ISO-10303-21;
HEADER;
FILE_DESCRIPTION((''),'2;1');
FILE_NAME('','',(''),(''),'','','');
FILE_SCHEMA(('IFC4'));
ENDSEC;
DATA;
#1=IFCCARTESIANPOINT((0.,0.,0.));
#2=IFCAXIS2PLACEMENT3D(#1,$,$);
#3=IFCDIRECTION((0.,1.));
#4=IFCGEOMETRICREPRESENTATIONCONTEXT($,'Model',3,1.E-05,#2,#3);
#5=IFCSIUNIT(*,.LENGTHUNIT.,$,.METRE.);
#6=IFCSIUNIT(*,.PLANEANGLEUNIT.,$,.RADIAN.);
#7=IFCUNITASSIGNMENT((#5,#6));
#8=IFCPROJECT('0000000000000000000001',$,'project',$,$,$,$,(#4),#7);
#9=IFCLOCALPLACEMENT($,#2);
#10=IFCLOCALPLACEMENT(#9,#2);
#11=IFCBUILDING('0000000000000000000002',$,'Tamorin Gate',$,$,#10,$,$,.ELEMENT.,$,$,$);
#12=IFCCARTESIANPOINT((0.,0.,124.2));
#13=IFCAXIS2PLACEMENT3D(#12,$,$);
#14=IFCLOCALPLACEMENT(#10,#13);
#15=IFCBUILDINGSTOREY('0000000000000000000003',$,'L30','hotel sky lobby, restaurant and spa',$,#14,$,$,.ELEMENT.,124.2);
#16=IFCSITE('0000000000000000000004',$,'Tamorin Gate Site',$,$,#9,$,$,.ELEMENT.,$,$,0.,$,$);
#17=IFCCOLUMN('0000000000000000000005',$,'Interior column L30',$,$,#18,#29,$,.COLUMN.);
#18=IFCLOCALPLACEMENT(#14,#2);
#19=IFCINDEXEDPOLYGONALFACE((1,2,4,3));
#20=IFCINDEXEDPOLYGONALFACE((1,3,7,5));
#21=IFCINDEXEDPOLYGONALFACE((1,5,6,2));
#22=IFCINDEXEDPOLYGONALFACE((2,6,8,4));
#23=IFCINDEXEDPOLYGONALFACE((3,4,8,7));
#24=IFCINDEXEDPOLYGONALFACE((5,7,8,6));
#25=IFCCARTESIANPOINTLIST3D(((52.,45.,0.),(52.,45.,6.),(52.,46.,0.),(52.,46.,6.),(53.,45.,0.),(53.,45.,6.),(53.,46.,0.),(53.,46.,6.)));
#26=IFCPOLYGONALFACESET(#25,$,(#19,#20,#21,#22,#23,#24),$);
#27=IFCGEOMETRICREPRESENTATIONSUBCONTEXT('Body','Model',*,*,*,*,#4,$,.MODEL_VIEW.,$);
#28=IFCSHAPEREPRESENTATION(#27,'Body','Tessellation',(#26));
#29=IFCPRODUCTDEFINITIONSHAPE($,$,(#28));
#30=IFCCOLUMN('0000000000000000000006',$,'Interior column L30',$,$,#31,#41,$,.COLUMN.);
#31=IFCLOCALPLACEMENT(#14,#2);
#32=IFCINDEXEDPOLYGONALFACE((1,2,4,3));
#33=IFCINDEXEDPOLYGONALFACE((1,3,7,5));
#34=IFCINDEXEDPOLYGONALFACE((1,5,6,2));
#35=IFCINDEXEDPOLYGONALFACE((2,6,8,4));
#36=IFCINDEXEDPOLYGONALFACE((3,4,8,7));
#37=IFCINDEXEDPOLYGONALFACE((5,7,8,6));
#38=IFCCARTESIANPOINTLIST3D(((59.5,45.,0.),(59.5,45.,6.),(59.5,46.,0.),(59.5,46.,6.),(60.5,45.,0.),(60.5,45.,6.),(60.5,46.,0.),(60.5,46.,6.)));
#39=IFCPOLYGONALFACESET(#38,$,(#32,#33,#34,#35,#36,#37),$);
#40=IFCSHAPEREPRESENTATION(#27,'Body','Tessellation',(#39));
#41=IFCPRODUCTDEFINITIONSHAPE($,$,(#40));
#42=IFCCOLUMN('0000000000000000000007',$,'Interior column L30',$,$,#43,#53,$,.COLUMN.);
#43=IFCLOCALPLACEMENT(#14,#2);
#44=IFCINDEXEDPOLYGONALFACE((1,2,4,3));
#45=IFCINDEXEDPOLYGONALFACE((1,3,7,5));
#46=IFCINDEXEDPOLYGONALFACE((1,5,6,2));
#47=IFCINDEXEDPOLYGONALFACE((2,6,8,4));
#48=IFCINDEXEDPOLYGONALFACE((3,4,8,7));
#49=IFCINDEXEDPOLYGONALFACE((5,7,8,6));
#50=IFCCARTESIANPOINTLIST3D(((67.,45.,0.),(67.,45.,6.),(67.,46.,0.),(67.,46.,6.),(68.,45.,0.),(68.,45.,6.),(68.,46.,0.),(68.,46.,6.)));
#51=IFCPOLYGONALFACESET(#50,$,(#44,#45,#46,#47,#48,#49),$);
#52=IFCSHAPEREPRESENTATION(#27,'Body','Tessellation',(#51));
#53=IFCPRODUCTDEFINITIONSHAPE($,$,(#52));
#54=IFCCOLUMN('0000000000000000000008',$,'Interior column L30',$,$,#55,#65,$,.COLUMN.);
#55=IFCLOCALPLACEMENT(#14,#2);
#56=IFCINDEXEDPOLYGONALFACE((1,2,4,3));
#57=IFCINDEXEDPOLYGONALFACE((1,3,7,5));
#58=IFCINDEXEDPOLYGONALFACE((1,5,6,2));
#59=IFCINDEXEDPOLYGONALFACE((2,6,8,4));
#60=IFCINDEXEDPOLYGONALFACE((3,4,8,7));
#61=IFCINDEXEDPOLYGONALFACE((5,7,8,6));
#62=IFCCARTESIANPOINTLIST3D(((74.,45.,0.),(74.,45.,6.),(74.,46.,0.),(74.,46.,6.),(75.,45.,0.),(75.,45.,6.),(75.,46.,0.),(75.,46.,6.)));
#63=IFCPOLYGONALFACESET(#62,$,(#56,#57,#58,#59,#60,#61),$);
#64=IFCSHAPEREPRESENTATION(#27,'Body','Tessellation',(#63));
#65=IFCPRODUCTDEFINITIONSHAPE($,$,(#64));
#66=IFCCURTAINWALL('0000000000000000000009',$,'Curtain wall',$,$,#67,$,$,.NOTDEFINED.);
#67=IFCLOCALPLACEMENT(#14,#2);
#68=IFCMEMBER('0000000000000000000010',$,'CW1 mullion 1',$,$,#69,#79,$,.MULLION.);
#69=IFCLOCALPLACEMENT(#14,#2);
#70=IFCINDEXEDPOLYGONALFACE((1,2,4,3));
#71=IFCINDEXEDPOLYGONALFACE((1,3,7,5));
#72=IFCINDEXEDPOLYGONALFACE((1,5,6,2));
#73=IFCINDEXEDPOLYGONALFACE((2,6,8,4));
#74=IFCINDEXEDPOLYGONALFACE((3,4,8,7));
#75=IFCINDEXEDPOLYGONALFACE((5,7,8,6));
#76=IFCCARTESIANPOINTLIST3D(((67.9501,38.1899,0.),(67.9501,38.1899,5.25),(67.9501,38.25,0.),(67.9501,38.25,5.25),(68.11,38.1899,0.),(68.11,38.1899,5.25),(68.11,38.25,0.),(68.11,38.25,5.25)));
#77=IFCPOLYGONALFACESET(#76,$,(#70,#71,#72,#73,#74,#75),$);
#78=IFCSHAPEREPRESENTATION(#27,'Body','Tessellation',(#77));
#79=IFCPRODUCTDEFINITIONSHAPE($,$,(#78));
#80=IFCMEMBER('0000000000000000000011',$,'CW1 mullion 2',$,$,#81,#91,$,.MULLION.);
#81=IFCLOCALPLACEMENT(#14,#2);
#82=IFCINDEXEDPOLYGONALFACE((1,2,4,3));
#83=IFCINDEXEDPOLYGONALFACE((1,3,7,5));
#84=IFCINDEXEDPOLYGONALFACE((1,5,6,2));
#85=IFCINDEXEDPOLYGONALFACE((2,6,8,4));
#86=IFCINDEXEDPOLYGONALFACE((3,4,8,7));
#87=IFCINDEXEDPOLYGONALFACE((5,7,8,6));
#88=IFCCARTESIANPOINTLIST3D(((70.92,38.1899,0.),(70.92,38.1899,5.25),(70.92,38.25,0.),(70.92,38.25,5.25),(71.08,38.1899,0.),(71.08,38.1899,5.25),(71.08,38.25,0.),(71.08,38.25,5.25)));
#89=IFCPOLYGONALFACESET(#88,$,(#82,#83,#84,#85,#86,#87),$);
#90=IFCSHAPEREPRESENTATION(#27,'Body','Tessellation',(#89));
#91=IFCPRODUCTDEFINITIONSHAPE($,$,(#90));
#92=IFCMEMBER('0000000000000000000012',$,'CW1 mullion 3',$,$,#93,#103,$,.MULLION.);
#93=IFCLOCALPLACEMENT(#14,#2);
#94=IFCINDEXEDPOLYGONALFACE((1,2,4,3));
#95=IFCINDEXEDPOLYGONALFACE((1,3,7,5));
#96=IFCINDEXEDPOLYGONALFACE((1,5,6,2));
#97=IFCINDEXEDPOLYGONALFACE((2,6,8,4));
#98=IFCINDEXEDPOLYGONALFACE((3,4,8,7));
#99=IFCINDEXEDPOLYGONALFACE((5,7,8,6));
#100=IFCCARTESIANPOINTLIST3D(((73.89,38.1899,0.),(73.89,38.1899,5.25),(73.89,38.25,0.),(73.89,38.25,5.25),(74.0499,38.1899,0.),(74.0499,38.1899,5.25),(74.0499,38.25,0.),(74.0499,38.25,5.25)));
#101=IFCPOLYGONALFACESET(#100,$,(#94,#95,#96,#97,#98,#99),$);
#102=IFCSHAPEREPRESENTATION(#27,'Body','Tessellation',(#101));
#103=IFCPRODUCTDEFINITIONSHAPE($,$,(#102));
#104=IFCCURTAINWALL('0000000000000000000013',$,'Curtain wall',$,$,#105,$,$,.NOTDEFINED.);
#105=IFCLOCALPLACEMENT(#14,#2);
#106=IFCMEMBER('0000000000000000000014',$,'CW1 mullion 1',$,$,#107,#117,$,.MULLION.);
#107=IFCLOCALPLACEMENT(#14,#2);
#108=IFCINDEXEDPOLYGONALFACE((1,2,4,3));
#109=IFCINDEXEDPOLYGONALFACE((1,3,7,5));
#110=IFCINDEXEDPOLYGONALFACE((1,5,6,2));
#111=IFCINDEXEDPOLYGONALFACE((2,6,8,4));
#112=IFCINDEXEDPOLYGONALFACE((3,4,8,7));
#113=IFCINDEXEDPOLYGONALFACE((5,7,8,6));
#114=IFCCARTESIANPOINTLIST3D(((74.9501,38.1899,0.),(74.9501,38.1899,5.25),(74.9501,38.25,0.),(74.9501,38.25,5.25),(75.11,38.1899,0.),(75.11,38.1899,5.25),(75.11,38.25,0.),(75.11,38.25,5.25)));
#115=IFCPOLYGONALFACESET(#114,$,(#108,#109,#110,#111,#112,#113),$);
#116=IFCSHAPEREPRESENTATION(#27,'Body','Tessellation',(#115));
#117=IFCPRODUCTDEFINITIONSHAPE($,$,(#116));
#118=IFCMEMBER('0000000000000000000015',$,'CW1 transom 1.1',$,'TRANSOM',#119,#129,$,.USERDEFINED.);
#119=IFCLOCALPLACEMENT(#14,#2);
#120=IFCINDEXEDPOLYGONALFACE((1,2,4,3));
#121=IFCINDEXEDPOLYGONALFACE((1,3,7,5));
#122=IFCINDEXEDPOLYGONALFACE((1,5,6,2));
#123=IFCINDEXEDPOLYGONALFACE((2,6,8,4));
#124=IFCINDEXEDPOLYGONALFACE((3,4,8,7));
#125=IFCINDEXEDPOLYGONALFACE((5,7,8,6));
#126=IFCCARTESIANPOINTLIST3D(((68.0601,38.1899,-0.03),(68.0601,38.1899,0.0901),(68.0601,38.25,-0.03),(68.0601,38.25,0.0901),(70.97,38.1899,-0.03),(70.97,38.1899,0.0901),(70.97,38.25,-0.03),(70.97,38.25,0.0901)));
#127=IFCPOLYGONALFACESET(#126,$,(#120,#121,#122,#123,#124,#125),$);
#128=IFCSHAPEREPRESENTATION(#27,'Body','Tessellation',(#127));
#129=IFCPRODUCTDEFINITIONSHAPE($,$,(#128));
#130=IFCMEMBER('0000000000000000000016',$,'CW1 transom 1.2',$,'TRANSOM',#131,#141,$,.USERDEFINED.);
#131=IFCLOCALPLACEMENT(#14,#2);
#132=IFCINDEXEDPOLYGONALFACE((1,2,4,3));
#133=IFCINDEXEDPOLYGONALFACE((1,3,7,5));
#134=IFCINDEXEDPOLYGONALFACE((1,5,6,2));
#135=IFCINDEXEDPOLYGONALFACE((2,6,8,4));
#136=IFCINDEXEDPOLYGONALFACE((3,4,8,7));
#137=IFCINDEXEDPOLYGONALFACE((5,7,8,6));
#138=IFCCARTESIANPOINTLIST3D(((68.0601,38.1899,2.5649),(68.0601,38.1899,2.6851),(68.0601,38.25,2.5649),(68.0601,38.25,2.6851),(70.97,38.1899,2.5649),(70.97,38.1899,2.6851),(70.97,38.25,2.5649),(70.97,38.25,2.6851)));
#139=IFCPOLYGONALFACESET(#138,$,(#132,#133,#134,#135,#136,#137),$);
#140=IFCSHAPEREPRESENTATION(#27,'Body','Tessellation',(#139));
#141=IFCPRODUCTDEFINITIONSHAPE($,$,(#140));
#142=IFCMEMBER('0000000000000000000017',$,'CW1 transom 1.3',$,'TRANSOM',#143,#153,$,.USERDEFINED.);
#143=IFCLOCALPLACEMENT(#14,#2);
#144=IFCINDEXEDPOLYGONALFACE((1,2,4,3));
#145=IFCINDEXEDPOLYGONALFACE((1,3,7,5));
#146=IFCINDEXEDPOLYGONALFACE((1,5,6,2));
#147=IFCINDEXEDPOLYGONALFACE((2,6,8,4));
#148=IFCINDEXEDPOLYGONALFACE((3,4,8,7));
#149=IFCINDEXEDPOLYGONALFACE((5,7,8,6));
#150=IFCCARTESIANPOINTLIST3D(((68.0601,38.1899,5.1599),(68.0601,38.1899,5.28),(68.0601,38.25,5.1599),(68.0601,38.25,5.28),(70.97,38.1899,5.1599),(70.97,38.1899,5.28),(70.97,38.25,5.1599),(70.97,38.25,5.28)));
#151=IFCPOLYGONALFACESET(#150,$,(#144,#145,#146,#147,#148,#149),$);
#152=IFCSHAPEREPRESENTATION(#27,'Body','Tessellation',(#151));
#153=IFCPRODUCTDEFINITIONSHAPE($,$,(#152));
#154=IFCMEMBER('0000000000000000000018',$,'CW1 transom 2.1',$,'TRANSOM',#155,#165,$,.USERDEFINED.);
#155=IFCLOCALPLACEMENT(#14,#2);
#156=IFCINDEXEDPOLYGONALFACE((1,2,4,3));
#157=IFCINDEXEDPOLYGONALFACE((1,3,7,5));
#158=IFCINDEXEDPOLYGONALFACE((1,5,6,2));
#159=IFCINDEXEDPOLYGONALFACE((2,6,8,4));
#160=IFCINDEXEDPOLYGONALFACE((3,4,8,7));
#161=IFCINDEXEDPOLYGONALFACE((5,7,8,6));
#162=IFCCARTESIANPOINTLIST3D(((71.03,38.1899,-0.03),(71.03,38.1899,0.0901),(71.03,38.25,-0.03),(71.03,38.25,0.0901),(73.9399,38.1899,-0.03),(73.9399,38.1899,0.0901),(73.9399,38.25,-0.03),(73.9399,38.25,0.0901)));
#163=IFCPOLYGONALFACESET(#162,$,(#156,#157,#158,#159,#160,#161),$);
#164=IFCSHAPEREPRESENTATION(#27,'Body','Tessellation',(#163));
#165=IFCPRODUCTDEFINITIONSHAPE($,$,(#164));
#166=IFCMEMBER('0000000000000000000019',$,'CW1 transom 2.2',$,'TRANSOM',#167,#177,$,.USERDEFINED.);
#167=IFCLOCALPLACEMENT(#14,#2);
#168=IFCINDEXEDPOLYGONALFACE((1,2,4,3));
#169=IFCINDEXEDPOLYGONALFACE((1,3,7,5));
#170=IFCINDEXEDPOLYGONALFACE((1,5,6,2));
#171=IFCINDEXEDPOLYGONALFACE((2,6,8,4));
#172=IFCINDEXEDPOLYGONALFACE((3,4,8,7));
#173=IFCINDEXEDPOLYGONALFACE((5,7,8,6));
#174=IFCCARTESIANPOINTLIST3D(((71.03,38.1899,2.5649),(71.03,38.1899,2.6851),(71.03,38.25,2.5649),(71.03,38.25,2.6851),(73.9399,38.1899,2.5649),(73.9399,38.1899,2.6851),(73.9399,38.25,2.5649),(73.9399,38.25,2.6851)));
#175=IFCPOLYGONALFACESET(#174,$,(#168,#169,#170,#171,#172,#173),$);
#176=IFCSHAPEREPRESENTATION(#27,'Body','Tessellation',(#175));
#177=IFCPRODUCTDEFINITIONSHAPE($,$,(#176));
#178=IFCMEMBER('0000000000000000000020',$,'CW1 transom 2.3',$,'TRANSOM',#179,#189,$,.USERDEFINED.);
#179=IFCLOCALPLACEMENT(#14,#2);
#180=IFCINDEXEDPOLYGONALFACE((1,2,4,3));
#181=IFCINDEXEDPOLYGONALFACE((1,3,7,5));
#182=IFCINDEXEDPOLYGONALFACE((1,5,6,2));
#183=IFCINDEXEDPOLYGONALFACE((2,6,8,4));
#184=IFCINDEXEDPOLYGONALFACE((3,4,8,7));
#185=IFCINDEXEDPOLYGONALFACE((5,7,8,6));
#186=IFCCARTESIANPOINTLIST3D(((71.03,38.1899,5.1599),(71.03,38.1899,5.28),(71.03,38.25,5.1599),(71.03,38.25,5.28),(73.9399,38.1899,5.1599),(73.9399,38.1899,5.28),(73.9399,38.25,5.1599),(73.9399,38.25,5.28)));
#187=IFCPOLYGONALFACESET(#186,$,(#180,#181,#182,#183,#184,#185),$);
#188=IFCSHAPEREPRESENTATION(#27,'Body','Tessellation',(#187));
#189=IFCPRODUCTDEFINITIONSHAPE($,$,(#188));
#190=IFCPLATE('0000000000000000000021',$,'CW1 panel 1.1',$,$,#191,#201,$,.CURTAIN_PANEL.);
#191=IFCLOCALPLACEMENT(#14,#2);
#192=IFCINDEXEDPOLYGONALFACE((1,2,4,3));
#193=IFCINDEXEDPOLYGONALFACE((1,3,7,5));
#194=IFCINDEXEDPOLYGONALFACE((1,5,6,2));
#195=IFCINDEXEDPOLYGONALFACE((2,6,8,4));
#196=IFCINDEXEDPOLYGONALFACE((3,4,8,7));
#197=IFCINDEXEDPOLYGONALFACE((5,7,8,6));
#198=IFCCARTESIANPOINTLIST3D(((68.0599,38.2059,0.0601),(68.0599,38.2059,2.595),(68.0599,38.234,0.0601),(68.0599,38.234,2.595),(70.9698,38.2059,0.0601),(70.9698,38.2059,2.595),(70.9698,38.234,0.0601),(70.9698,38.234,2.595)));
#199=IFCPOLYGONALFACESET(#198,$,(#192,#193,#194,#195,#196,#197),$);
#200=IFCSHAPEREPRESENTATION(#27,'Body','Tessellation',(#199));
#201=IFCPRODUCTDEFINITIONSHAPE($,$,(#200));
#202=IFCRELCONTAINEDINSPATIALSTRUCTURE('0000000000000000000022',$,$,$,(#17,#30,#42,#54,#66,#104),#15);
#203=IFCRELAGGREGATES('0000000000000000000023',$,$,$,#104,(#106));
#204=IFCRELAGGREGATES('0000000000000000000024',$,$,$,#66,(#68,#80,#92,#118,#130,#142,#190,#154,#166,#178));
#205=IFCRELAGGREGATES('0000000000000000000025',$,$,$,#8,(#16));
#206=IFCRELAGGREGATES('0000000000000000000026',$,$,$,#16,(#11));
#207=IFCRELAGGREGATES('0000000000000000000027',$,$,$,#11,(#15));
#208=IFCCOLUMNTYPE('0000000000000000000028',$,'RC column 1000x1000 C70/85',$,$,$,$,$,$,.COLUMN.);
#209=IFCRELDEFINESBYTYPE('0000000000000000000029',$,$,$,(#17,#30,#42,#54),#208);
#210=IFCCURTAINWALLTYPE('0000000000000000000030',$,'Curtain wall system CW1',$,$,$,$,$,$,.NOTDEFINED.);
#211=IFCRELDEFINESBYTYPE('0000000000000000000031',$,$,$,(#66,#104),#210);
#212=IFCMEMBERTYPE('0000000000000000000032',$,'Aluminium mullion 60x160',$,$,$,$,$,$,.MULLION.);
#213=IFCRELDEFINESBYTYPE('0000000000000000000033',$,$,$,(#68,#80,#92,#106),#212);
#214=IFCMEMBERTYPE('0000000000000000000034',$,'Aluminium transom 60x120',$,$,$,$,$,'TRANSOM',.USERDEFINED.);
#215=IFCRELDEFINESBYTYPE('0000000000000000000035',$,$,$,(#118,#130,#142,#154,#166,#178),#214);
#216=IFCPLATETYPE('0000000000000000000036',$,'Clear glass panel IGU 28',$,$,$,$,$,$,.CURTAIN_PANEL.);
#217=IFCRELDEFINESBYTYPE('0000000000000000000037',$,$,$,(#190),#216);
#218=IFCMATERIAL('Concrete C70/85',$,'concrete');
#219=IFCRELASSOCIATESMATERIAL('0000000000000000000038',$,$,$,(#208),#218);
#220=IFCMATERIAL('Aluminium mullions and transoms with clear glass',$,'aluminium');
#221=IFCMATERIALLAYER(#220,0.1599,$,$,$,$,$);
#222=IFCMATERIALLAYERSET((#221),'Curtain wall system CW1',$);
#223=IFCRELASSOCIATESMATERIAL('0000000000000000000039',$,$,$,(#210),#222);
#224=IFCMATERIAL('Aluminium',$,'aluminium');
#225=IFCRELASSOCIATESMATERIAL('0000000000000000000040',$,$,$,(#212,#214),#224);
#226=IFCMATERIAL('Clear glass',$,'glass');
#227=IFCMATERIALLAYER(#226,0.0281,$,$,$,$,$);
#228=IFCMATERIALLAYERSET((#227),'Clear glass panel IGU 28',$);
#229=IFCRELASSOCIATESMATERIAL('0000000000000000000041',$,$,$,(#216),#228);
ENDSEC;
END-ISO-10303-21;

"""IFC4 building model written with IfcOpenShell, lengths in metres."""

from ifc_helpers import new_model, si_unit, direction, frame, origin, origin_2d, place, context, subcontext, project, spatial, rectangle, extrude, material, layer, layer_set, material_profile, profile_set, type_object, element, aggregate, save


model = new_model("IFC4")

# Units and contexts
model_context = context("Model", 3, precision=1e-05, world=origin(), true_north=direction((0.0, 1.0)))
body_context = subcontext(model_context, "Body", "Model", "MODEL_VIEW")
ifc_project = project(units=[si_unit("LENGTHUNIT", "METRE"), si_unit("PLANEANGLEUNIT", "RADIAN")], contexts=[model_context])

# Site, building, storey
site_placement = place(None, origin())
site = spatial("IfcSite", under=ifc_project, at=site_placement, Name="Tamorin Gate Site", CompositionType="ELEMENT", RefElevation=0.0)
building_placement = place(site_placement, origin())
building = spatial("IfcBuilding", under=site, at=building_placement, Name="Tamorin Gate", CompositionType="ELEMENT")
storey_placement = place(building_placement, frame((0.0, 0.0, 124.2)))
storey = spatial("IfcBuildingStorey", under=building, at=storey_placement, Name="L30", Description="hotel sky lobby, restaurant and spa", CompositionType="ELEMENT", Elevation=124.2)

# Columns
ifc_material_1 = material(Name="Concrete C70/85", Category="concrete")
ifc_material_profile_1 = material_profile(ifc_material_1, rectangle(XDim=1.0, YDim=1.0, at=origin_2d()), Name="RC 1000x1000")
ifc_profile_set_1 = profile_set([ifc_material_profile_1], Name="Concrete C70/85")
column_type = type_object("IfcColumnType", Name="RC column 1000x1000 C70/85", PredefinedType="COLUMN", material=ifc_profile_set_1)
for number, where, z_axis, x_axis, name in (
    (1, (52.5, 45.5, 0.0), (0.0, 0.0, 1.0), (1.0, 0.0, 0.0), "Interior column L30"),
    (2, (60.0, 45.5, 0.0), (0.0, 0.0, 1.0), (1.0, 0.0, 0.0), "Interior column L30"),
    (3, (67.5, 45.5, 0.0), (0.0, 0.0, 1.0), (1.0, 0.0, 0.0), "Interior column L30"),
    (4, (74.5, 45.5, 0.0), (0.0, 0.0, 1.0), (1.0, 0.0, 0.0), "Interior column L30"),
):
    element("IfcColumn", number, at=place(storey_placement, frame(where, z_axis=z_axis, x_axis=x_axis)), inside=storey, type_object=column_type, Name=name, PredefinedType="COLUMN", context=body_context, shape_type="SweptSolid", body=[
        extrude(rectangle(XDim=1.0, YDim=1.0, at=origin_2d()), origin(), (0.0, 0.0, 1.0), 6.0),
    ])

# Curtain wall, members
ifc_material_2 = material(Name="Aluminium mullions and transoms with clear glass", Category="aluminium")
ifc_layer_1 = layer(ifc_material_2, 0.1599)
ifc_layer_set_1 = layer_set([ifc_layer_1], Name="Curtain wall system CW1")
curtain_wall_type = type_object("IfcCurtainWallType", Name="Curtain wall system CW1", PredefinedType="NOTDEFINED", material=ifc_layer_set_1)
curtain_wall_1_placement = place(storey_placement, origin())
curtain_wall_1 = element("IfcCurtainWall", 5, at=curtain_wall_1_placement, inside=storey, type_object=curtain_wall_type, Name="Curtain wall", PredefinedType="NOTDEFINED")
ifc_material_3 = material(Name="Aluminium", Category="aluminium")
ifc_material_profile_2 = material_profile(ifc_material_3, rectangle(XDim=0.0601, YDim=0.1599, at=origin_2d()), Name="RECT 60x160")
ifc_profile_set_2 = profile_set([ifc_material_profile_2], Name="Aluminium")
member_type_1 = type_object("IfcMemberType", Name="Aluminium mullion 60x160", PredefinedType="MULLION", material=ifc_profile_set_2)
member_1_placement = place(storey_placement, frame((68.03, 38.22, 0.0), z_axis=(0.0, 0.0, 1.0), x_axis=(0.0, 1.0, 0.0)))
member_1 = element("IfcMember", 6, at=member_1_placement, type_object=member_type_1, Name="CW1 mullion 1", PredefinedType="MULLION", context=body_context, shape_type="SweptSolid", body=[
    extrude(rectangle(XDim=0.0601, YDim=0.1599, at=origin_2d()), origin(), (0.0, 0.0, 1.0), 5.25),
])
member_2_placement = place(storey_placement, frame((71.0, 38.22, 0.0), z_axis=(0.0, 0.0, 1.0), x_axis=(0.0, 1.0, 0.0)))
member_2 = element("IfcMember", 7, at=member_2_placement, type_object=member_type_1, Name="CW1 mullion 2", PredefinedType="MULLION", context=body_context, shape_type="SweptSolid", body=[
    extrude(rectangle(XDim=0.0601, YDim=0.1599, at=origin_2d()), origin(), (0.0, 0.0, 1.0), 5.25),
])
member_3_placement = place(storey_placement, frame((73.97, 38.22, 0.0), z_axis=(0.0, 0.0, 1.0), x_axis=(0.0, 1.0, 0.0)))
member_3 = element("IfcMember", 8, at=member_3_placement, type_object=member_type_1, Name="CW1 mullion 3", PredefinedType="MULLION", context=body_context, shape_type="SweptSolid", body=[
    extrude(rectangle(XDim=0.0601, YDim=0.1599, at=origin_2d()), origin(), (0.0, 0.0, 1.0), 5.25),
])

# Curtain wall, member
curtain_wall_2_placement = place(storey_placement, origin())
curtain_wall_2 = element("IfcCurtainWall", 9, at=curtain_wall_2_placement, inside=storey, type_object=curtain_wall_type, Name="Curtain wall", PredefinedType="NOTDEFINED")
member_4_placement = place(storey_placement, frame((75.03, 38.22, 0.0), z_axis=(0.0, 0.0, 1.0), x_axis=(0.0, 1.0, 0.0)))
member_4 = element("IfcMember", 10, at=member_4_placement, type_object=member_type_1, Name="CW1 mullion 1", PredefinedType="MULLION", context=body_context, shape_type="SweptSolid", body=[
    extrude(rectangle(XDim=0.0601, YDim=0.1599, at=origin_2d()), origin(), (0.0, 0.0, 1.0), 5.25),
])
aggregate(curtain_wall_2, [member_4])

# Members
ifc_material_profile_3 = material_profile(ifc_material_3, rectangle(XDim=0.0601, YDim=0.1201, at=origin_2d()), Name="RECT 60x120")
ifc_profile_set_3 = profile_set([ifc_material_profile_3], Name="Aluminium")
member_type_2 = type_object("IfcMemberType", Name="Aluminium transom 60x120", ElementType="TRANSOM", PredefinedType="USERDEFINED", material=ifc_profile_set_3)
member_5_placement = place(storey_placement, frame((68.0601, 38.22, 0.03), z_axis=(1.0, 0.0, 0.0), x_axis=(0.0, 1.0, 0.0)))
member_5 = element("IfcMember", 11, at=member_5_placement, type_object=member_type_2, Name="CW1 transom 1.1", ObjectType="TRANSOM", PredefinedType="USERDEFINED", context=body_context, shape_type="SweptSolid", body=[
    extrude(rectangle(XDim=0.0601, YDim=0.1201, at=origin_2d()), origin(), (0.0, 0.0, 1.0), 2.9099),
])
member_6_placement = place(storey_placement, frame((68.0601, 38.22, 2.625), z_axis=(1.0, 0.0, 0.0), x_axis=(0.0, 1.0, 0.0)))
member_6 = element("IfcMember", 12, at=member_6_placement, type_object=member_type_2, Name="CW1 transom 1.2", ObjectType="TRANSOM", PredefinedType="USERDEFINED", context=body_context, shape_type="SweptSolid", body=[
    extrude(rectangle(XDim=0.0601, YDim=0.1201, at=origin_2d()), origin(), (0.0, 0.0, 1.0), 2.9099),
])
member_7_placement = place(storey_placement, frame((68.0601, 38.22, 5.22), z_axis=(1.0, 0.0, 0.0), x_axis=(0.0, 1.0, 0.0)))
member_7 = element("IfcMember", 13, at=member_7_placement, type_object=member_type_2, Name="CW1 transom 1.3", ObjectType="TRANSOM", PredefinedType="USERDEFINED", context=body_context, shape_type="SweptSolid", body=[
    extrude(rectangle(XDim=0.0601, YDim=0.1201, at=origin_2d()), origin(), (0.0, 0.0, 1.0), 2.9099),
])
member_8_placement = place(storey_placement, frame((71.03, 38.22, 0.03), z_axis=(1.0, 0.0, 0.0), x_axis=(0.0, 1.0, 0.0)))
member_8 = element("IfcMember", 14, at=member_8_placement, type_object=member_type_2, Name="CW1 transom 2.1", ObjectType="TRANSOM", PredefinedType="USERDEFINED", context=body_context, shape_type="SweptSolid", body=[
    extrude(rectangle(XDim=0.0601, YDim=0.1201, at=origin_2d()), origin(), (0.0, 0.0, 1.0), 2.9099),
])
member_9_placement = place(storey_placement, frame((71.03, 38.22, 2.625), z_axis=(1.0, 0.0, 0.0), x_axis=(0.0, 1.0, 0.0)))
member_9 = element("IfcMember", 15, at=member_9_placement, type_object=member_type_2, Name="CW1 transom 2.2", ObjectType="TRANSOM", PredefinedType="USERDEFINED", context=body_context, shape_type="SweptSolid", body=[
    extrude(rectangle(XDim=0.0601, YDim=0.1201, at=origin_2d()), origin(), (0.0, 0.0, 1.0), 2.9099),
])
member_10_placement = place(storey_placement, frame((71.03, 38.22, 5.22), z_axis=(1.0, 0.0, 0.0), x_axis=(0.0, 1.0, 0.0)))
member_10 = element("IfcMember", 16, at=member_10_placement, type_object=member_type_2, Name="CW1 transom 2.3", ObjectType="TRANSOM", PredefinedType="USERDEFINED", context=body_context, shape_type="SweptSolid", body=[
    extrude(rectangle(XDim=0.0601, YDim=0.1201, at=origin_2d()), origin(), (0.0, 0.0, 1.0), 2.9099),
])

# Plate
ifc_material_4 = material(Name="Clear glass", Category="glass")
ifc_layer_2 = layer(ifc_material_4, 0.0281)
ifc_layer_set_2 = layer_set([ifc_layer_2], Name="Clear glass panel IGU 28")
plate_type = type_object("IfcPlateType", Name="Clear glass panel IGU 28", PredefinedType="CURTAIN_PANEL", material=ifc_layer_set_2)
plate_1_placement = place(storey_placement, frame((69.5149, 38.22, 0.0601), z_axis=(0.0, 0.0, 1.0), x_axis=(1.0, 0.0, 0.0)))
plate_1 = element("IfcPlate", 17, at=plate_1_placement, type_object=plate_type, Name="CW1 panel 1.1", PredefinedType="CURTAIN_PANEL", context=body_context, shape_type="SweptSolid", body=[
    extrude(rectangle(XDim=2.9099, YDim=0.0281, at=origin_2d()), origin(), (0.0, 0.0, 1.0), 2.5349),
])
aggregate(curtain_wall_1, [member_1, member_2, member_3, member_5, member_6, member_7, plate_1, member_8, member_9, member_10])

save(model, "model.ifc")
